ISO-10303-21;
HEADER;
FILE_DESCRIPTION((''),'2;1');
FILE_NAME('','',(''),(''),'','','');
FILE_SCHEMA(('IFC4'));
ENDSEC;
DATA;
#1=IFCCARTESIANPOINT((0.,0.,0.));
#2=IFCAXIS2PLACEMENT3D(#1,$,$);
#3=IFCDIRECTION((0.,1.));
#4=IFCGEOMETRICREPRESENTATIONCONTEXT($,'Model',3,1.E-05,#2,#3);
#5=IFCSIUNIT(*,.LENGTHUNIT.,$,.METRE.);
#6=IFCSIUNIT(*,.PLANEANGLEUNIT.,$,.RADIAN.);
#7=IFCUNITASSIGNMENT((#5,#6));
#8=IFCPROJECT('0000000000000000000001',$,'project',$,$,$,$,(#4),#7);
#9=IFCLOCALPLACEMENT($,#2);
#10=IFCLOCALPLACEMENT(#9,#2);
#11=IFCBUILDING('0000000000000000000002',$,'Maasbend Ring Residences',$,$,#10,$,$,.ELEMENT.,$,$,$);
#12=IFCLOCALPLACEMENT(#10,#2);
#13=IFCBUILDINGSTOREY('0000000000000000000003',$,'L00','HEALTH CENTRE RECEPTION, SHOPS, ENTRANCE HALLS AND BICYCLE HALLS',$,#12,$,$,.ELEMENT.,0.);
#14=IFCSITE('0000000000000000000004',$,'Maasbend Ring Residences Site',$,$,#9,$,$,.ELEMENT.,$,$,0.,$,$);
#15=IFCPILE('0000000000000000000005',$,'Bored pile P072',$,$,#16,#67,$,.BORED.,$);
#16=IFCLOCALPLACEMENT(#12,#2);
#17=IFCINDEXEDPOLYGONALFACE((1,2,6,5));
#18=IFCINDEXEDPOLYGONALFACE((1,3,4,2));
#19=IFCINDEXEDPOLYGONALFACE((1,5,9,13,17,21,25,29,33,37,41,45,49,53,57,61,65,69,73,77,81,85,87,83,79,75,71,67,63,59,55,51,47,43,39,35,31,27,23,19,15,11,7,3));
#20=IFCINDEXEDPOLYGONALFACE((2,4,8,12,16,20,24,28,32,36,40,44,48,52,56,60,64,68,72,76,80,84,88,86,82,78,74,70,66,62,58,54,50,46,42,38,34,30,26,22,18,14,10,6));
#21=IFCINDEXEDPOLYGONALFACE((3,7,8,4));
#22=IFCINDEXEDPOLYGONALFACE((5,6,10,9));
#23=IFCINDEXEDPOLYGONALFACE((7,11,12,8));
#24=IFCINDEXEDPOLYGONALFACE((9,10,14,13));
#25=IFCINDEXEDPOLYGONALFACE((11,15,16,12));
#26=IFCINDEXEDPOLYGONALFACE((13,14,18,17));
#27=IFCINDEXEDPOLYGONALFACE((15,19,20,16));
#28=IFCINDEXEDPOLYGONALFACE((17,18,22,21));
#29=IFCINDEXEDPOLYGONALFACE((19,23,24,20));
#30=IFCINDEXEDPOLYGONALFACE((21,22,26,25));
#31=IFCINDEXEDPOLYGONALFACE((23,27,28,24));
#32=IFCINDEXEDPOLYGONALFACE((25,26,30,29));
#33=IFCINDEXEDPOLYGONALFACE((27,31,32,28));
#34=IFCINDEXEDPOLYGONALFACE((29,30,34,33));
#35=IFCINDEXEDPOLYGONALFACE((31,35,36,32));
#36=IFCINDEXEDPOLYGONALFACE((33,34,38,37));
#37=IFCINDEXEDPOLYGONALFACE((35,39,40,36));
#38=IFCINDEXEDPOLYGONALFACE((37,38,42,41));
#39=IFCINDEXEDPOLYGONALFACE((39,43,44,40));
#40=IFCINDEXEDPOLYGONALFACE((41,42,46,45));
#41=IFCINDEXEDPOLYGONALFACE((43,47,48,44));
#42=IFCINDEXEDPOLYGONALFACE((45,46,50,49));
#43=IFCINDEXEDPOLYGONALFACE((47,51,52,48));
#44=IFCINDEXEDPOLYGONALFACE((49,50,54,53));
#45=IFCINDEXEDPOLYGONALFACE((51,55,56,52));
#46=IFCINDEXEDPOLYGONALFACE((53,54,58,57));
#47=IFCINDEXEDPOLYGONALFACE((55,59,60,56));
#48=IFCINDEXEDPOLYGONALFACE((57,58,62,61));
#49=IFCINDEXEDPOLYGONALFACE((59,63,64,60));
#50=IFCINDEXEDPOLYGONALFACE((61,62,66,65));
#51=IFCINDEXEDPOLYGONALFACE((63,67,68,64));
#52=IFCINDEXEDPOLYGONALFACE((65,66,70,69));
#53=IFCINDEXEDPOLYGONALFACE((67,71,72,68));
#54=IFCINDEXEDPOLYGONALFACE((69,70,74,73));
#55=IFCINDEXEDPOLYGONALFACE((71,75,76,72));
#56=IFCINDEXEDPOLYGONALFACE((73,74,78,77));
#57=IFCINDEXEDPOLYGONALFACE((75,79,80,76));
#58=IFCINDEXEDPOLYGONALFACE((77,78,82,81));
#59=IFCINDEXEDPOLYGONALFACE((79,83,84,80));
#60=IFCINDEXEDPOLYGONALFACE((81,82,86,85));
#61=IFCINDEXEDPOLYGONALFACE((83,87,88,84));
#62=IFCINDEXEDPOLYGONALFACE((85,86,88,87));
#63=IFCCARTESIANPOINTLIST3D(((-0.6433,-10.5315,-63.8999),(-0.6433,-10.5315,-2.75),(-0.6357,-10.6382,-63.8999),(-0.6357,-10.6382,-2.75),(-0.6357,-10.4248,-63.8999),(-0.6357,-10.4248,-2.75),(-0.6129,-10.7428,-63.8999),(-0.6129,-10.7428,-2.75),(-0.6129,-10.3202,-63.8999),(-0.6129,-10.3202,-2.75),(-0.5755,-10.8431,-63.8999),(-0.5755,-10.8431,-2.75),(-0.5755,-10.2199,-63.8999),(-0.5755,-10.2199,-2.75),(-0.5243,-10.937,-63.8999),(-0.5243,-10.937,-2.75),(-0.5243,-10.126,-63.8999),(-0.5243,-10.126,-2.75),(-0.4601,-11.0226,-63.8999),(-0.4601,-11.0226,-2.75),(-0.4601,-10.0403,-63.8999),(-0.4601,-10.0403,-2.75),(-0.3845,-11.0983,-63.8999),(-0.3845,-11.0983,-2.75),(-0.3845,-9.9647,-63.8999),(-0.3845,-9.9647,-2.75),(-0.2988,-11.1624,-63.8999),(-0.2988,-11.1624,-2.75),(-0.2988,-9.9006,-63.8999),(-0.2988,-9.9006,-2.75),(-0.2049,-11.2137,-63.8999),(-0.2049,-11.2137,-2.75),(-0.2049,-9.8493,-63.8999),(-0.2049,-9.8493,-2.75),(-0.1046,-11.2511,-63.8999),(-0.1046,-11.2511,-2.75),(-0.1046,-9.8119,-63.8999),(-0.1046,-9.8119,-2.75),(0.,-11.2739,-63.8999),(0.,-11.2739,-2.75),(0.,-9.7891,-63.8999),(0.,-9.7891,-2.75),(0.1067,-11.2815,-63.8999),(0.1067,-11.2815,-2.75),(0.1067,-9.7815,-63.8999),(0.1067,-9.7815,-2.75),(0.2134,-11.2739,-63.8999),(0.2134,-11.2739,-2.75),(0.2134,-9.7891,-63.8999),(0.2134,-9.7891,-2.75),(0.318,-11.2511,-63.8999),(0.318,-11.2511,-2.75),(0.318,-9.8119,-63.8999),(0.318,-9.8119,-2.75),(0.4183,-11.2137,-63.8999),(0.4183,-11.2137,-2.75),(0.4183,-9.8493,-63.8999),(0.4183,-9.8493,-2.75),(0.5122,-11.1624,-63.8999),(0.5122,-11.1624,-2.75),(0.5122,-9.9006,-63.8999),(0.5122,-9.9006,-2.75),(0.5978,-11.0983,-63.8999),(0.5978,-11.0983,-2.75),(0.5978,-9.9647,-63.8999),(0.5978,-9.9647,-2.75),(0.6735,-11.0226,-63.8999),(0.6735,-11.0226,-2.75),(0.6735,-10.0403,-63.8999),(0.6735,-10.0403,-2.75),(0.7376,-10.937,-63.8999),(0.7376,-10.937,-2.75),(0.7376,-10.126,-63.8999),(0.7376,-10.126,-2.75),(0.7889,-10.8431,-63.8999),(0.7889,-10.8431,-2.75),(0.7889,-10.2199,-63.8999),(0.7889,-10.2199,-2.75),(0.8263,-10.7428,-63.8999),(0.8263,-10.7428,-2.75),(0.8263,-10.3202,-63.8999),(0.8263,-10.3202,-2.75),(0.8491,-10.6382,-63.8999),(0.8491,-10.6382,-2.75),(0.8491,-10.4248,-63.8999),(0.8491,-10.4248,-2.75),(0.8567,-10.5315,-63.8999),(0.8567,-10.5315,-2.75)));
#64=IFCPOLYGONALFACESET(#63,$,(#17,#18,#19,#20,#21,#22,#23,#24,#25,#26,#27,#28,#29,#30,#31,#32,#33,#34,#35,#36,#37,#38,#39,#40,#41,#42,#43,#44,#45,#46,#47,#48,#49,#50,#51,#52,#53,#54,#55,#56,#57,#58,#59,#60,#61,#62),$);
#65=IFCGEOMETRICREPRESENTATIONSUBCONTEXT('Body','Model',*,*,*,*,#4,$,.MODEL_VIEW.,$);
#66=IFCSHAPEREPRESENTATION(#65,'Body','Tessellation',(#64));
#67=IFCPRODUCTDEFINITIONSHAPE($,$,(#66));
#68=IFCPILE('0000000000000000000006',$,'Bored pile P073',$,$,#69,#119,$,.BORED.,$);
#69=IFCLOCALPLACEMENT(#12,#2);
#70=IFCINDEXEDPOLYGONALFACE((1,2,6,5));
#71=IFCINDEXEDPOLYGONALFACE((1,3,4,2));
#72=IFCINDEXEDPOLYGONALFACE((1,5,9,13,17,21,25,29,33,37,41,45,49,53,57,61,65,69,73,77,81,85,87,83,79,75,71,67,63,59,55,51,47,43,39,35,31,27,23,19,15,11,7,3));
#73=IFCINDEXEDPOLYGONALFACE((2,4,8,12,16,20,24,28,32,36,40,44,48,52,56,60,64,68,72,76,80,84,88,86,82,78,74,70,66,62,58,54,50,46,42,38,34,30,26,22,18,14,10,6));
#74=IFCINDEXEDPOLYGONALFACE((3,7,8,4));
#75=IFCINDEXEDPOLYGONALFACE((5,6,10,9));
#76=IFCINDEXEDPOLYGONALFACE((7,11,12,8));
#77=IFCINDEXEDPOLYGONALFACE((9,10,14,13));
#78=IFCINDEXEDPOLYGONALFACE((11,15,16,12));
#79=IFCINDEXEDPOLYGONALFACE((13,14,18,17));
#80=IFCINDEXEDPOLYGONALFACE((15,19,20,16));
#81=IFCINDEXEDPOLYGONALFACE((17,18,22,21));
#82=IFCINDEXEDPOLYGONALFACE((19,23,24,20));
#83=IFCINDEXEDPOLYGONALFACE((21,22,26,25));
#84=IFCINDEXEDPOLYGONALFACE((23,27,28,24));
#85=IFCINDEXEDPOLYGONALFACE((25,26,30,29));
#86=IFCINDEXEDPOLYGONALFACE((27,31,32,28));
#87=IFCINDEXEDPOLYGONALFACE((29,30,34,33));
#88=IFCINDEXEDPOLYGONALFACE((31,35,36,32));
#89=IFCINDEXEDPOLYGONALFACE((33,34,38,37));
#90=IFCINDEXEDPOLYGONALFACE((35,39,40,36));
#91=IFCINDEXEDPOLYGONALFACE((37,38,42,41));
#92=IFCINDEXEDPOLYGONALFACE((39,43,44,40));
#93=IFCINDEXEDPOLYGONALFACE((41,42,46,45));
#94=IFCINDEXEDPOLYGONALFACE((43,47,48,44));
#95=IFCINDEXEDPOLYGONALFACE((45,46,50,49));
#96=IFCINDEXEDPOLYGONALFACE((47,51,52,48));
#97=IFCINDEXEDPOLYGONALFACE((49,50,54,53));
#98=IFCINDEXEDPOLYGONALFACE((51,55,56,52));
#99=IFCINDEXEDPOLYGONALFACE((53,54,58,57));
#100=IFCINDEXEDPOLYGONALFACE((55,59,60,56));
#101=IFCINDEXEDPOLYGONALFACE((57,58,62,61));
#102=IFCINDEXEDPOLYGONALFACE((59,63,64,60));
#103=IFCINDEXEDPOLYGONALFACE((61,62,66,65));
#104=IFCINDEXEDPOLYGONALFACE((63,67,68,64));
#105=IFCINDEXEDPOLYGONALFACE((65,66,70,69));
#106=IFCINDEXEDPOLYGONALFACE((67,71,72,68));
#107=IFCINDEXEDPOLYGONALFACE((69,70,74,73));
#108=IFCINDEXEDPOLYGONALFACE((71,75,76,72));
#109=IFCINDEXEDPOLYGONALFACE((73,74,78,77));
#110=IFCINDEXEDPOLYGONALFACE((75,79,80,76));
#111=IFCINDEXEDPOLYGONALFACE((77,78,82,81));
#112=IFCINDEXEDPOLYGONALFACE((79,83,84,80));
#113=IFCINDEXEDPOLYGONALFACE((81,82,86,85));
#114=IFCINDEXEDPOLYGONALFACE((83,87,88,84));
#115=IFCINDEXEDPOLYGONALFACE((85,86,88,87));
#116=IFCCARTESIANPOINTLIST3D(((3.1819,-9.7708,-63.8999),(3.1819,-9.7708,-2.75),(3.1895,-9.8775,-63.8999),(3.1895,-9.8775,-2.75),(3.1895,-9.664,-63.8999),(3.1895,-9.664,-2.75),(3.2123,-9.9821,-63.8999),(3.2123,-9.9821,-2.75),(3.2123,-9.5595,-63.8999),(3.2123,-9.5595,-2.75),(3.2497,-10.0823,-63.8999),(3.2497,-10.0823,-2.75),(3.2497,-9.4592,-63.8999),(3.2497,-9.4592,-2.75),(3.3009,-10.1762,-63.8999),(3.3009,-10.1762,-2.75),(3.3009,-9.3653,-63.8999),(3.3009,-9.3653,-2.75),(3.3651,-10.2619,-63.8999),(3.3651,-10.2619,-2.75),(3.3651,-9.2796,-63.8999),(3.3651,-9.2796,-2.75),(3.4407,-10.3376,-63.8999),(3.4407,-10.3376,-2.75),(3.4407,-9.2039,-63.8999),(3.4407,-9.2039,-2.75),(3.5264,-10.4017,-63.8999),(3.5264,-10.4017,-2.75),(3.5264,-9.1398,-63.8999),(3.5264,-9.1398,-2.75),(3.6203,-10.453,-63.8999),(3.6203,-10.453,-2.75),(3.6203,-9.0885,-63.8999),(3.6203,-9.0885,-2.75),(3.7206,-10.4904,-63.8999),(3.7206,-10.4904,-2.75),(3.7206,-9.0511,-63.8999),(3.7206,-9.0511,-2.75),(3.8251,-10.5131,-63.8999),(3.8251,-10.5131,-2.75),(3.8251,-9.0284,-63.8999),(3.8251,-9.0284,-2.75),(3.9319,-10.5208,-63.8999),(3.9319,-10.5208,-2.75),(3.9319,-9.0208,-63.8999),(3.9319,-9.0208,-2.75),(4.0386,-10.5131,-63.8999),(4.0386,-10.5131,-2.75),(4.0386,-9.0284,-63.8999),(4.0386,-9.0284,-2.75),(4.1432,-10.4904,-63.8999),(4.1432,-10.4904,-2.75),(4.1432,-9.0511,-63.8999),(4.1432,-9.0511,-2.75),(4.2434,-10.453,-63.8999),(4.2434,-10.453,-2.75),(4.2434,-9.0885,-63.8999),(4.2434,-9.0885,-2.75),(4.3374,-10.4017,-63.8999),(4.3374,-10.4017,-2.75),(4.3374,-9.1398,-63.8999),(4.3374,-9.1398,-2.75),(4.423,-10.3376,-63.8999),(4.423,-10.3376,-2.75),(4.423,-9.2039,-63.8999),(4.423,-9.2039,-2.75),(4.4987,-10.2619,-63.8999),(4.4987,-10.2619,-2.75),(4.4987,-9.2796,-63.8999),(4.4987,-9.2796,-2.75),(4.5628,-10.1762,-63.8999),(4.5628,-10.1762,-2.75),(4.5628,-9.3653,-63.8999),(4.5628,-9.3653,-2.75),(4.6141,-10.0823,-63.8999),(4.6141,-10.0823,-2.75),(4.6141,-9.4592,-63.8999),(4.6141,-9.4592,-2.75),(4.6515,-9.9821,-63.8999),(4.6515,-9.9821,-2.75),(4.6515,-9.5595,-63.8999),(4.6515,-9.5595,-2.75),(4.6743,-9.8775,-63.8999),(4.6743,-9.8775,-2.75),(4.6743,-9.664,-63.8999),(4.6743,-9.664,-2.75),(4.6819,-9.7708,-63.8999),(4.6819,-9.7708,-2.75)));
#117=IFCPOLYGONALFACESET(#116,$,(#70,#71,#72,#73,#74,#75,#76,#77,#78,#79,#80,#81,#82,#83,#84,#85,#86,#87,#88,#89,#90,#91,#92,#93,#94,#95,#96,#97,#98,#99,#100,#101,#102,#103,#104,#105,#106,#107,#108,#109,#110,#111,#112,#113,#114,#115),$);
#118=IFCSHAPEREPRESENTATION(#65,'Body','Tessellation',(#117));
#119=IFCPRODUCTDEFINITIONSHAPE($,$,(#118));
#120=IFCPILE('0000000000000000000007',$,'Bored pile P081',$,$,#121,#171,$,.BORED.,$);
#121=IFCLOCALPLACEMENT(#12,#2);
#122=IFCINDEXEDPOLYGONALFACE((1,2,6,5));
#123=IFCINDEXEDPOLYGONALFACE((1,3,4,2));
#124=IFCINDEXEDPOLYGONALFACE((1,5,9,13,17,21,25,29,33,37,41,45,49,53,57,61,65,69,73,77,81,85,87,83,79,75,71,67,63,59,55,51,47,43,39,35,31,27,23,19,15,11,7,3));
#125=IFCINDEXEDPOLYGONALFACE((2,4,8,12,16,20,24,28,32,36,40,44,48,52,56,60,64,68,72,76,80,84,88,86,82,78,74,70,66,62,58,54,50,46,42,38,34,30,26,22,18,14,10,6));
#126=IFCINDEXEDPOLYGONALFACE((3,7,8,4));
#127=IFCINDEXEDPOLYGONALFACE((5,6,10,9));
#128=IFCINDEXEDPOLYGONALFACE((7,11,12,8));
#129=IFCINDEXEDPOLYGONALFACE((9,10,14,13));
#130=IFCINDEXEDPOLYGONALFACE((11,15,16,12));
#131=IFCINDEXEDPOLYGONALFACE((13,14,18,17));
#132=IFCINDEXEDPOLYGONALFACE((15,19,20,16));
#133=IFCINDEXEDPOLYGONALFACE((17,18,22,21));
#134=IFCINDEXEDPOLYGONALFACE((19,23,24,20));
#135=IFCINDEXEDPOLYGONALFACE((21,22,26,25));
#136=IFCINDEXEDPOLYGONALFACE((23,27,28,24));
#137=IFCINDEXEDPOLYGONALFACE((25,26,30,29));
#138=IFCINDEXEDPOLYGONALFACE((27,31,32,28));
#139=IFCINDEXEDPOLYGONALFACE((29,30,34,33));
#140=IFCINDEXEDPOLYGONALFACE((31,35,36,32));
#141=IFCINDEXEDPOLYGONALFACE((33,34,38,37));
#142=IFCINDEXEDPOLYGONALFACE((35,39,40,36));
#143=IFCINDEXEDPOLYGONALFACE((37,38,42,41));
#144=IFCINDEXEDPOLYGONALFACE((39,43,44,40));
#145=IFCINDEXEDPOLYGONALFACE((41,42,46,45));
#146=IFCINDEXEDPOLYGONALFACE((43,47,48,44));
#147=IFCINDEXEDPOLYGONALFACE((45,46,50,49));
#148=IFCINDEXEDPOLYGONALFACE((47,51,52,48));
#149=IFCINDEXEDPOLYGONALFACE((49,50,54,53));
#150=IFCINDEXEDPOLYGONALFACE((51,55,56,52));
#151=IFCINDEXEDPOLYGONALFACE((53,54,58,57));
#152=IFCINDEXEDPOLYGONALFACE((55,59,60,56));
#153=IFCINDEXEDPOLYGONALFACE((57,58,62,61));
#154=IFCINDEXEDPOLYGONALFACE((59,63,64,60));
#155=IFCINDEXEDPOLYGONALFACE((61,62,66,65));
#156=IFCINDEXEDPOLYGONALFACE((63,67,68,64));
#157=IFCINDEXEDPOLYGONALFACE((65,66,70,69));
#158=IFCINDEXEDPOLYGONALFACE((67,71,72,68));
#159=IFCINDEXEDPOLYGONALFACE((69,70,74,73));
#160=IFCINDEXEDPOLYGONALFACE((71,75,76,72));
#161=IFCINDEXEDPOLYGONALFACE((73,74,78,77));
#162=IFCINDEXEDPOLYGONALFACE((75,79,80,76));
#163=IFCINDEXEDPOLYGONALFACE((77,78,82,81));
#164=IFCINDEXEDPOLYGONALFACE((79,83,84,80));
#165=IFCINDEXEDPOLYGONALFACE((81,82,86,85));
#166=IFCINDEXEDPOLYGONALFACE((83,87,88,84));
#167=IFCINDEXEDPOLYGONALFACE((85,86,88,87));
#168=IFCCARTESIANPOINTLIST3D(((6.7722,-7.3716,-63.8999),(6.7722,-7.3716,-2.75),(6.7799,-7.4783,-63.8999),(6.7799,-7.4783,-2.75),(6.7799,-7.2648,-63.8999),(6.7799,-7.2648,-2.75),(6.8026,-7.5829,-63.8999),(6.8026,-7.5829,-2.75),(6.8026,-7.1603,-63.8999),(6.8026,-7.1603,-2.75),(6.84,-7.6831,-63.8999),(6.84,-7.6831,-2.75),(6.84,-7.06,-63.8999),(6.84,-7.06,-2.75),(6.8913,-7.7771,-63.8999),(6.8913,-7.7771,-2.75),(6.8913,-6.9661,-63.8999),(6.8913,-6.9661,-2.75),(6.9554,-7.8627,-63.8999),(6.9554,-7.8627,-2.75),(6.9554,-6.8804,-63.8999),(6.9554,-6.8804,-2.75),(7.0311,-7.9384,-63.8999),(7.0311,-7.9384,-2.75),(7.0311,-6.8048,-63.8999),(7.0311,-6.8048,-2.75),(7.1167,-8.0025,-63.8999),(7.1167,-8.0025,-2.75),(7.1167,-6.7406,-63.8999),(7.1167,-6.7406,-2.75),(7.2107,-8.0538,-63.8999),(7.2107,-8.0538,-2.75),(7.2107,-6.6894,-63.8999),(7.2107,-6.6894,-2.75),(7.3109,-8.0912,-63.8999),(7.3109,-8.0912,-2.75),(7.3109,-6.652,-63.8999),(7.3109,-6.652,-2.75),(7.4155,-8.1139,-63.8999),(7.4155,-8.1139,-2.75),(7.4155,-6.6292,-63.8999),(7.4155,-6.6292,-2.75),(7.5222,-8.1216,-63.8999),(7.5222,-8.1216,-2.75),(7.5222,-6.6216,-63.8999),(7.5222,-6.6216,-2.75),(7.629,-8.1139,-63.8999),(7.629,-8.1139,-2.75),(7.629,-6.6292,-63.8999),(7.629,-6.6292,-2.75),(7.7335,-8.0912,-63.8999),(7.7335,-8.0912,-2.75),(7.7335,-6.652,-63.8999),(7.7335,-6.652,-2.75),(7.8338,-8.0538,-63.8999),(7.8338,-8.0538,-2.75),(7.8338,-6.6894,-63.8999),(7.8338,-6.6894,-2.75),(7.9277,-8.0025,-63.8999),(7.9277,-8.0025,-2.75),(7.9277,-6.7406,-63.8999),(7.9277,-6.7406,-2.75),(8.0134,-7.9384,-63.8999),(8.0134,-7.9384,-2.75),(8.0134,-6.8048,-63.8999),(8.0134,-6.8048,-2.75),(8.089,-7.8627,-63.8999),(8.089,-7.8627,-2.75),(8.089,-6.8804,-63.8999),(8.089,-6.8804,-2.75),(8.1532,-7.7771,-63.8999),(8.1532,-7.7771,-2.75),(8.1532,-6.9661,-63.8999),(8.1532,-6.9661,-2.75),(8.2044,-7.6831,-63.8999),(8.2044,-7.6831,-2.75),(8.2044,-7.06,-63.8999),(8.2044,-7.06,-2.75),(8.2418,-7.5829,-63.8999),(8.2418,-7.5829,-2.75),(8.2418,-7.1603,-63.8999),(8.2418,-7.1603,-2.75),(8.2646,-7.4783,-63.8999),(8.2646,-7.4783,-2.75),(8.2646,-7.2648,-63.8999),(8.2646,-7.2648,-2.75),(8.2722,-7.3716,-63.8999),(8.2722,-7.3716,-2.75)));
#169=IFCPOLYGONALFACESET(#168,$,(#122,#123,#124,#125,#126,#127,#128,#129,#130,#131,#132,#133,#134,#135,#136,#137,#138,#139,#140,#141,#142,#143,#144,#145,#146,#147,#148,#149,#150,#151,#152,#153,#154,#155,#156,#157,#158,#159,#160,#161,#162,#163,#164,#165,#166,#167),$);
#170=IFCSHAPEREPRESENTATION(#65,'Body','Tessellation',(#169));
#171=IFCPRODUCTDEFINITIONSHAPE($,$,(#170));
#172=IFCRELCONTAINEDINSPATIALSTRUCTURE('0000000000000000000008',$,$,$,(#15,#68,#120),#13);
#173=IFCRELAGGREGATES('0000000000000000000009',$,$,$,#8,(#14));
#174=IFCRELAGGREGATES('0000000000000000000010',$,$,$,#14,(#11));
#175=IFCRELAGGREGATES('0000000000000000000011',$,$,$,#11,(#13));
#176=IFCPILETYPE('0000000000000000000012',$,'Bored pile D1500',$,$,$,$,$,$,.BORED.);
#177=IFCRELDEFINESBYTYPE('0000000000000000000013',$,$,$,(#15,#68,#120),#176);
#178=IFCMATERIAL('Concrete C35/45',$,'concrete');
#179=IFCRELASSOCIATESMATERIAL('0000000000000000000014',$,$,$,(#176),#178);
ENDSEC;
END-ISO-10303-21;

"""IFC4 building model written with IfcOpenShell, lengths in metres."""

from ifc_helpers import new_model, si_unit, direction, frame, origin, origin_2d, place, context, subcontext, project, spatial, circle, extrude, material, material_profile, profile_set, type_object, element, save


model = new_model("IFC4")

# Units and contexts
model_context = context("Model", 3, precision=1e-05, world=origin(), true_north=direction((0.0, 1.0)))
body_context = subcontext(model_context, "Body", "Model", "MODEL_VIEW")
ifc_project = project(units=[si_unit("LENGTHUNIT", "METRE"), si_unit("PLANEANGLEUNIT", "RADIAN")], contexts=[model_context])

# Site, building, storey
site_placement = place(None, origin())
site = spatial("IfcSite", under=ifc_project, at=site_placement, Name="Maasbend Ring Residences Site", CompositionType="ELEMENT", RefElevation=0.0)
building_placement = place(site_placement, origin())
building = spatial("IfcBuilding", under=site, at=building_placement, Name="Maasbend Ring Residences", CompositionType="ELEMENT")
storey_placement = place(building_placement, origin())
storey = spatial("IfcBuildingStorey", under=building, at=storey_placement, Name="L00", Description="HEALTH CENTRE RECEPTION, SHOPS, ENTRANCE HALLS AND BICYCLE HALLS", CompositionType="ELEMENT", Elevation=0.0)

# Piles
ifc_material_1 = material(Name="Concrete C35/45", Category="concrete")
ifc_material_profile_1 = material_profile(ifc_material_1, circle(Radius=0.75, at=origin_2d()), Name="Bored pile D1500")
ifc_profile_set_1 = profile_set([ifc_material_profile_1], Name="Concrete C35/45")
pile_type = type_object("IfcPileType", Name="Bored pile D1500", PredefinedType="BORED", material=ifc_profile_set_1)
for number, where, z_axis, x_axis, name in (
    (1, (0.1067, -10.5315, -2.75), (0.0, 0.0, -1.0), (1.0, 0.0, 0.0), "Bored pile P072"),
    (2, (3.9319, -9.7708, -2.75), (0.0, 0.0, -1.0), (1.0, 0.0, 0.0), "Bored pile P073"),
    (3, (7.5222, -7.3716, -2.75), (0.0, 0.0, -1.0), (1.0, 0.0, 0.0), "Bored pile P081"),
):
    element("IfcPile", number, at=place(storey_placement, frame(where, z_axis=z_axis, x_axis=x_axis)), inside=storey, type_object=pile_type, Name=name, PredefinedType="BORED", context=body_context, shape_type="SweptSolid", body=[
        extrude(circle(Radius=0.75, at=origin_2d()), origin(), (0.0, 0.0, 1.0), 61.1499),
    ])

save(model, "model.ifc")
